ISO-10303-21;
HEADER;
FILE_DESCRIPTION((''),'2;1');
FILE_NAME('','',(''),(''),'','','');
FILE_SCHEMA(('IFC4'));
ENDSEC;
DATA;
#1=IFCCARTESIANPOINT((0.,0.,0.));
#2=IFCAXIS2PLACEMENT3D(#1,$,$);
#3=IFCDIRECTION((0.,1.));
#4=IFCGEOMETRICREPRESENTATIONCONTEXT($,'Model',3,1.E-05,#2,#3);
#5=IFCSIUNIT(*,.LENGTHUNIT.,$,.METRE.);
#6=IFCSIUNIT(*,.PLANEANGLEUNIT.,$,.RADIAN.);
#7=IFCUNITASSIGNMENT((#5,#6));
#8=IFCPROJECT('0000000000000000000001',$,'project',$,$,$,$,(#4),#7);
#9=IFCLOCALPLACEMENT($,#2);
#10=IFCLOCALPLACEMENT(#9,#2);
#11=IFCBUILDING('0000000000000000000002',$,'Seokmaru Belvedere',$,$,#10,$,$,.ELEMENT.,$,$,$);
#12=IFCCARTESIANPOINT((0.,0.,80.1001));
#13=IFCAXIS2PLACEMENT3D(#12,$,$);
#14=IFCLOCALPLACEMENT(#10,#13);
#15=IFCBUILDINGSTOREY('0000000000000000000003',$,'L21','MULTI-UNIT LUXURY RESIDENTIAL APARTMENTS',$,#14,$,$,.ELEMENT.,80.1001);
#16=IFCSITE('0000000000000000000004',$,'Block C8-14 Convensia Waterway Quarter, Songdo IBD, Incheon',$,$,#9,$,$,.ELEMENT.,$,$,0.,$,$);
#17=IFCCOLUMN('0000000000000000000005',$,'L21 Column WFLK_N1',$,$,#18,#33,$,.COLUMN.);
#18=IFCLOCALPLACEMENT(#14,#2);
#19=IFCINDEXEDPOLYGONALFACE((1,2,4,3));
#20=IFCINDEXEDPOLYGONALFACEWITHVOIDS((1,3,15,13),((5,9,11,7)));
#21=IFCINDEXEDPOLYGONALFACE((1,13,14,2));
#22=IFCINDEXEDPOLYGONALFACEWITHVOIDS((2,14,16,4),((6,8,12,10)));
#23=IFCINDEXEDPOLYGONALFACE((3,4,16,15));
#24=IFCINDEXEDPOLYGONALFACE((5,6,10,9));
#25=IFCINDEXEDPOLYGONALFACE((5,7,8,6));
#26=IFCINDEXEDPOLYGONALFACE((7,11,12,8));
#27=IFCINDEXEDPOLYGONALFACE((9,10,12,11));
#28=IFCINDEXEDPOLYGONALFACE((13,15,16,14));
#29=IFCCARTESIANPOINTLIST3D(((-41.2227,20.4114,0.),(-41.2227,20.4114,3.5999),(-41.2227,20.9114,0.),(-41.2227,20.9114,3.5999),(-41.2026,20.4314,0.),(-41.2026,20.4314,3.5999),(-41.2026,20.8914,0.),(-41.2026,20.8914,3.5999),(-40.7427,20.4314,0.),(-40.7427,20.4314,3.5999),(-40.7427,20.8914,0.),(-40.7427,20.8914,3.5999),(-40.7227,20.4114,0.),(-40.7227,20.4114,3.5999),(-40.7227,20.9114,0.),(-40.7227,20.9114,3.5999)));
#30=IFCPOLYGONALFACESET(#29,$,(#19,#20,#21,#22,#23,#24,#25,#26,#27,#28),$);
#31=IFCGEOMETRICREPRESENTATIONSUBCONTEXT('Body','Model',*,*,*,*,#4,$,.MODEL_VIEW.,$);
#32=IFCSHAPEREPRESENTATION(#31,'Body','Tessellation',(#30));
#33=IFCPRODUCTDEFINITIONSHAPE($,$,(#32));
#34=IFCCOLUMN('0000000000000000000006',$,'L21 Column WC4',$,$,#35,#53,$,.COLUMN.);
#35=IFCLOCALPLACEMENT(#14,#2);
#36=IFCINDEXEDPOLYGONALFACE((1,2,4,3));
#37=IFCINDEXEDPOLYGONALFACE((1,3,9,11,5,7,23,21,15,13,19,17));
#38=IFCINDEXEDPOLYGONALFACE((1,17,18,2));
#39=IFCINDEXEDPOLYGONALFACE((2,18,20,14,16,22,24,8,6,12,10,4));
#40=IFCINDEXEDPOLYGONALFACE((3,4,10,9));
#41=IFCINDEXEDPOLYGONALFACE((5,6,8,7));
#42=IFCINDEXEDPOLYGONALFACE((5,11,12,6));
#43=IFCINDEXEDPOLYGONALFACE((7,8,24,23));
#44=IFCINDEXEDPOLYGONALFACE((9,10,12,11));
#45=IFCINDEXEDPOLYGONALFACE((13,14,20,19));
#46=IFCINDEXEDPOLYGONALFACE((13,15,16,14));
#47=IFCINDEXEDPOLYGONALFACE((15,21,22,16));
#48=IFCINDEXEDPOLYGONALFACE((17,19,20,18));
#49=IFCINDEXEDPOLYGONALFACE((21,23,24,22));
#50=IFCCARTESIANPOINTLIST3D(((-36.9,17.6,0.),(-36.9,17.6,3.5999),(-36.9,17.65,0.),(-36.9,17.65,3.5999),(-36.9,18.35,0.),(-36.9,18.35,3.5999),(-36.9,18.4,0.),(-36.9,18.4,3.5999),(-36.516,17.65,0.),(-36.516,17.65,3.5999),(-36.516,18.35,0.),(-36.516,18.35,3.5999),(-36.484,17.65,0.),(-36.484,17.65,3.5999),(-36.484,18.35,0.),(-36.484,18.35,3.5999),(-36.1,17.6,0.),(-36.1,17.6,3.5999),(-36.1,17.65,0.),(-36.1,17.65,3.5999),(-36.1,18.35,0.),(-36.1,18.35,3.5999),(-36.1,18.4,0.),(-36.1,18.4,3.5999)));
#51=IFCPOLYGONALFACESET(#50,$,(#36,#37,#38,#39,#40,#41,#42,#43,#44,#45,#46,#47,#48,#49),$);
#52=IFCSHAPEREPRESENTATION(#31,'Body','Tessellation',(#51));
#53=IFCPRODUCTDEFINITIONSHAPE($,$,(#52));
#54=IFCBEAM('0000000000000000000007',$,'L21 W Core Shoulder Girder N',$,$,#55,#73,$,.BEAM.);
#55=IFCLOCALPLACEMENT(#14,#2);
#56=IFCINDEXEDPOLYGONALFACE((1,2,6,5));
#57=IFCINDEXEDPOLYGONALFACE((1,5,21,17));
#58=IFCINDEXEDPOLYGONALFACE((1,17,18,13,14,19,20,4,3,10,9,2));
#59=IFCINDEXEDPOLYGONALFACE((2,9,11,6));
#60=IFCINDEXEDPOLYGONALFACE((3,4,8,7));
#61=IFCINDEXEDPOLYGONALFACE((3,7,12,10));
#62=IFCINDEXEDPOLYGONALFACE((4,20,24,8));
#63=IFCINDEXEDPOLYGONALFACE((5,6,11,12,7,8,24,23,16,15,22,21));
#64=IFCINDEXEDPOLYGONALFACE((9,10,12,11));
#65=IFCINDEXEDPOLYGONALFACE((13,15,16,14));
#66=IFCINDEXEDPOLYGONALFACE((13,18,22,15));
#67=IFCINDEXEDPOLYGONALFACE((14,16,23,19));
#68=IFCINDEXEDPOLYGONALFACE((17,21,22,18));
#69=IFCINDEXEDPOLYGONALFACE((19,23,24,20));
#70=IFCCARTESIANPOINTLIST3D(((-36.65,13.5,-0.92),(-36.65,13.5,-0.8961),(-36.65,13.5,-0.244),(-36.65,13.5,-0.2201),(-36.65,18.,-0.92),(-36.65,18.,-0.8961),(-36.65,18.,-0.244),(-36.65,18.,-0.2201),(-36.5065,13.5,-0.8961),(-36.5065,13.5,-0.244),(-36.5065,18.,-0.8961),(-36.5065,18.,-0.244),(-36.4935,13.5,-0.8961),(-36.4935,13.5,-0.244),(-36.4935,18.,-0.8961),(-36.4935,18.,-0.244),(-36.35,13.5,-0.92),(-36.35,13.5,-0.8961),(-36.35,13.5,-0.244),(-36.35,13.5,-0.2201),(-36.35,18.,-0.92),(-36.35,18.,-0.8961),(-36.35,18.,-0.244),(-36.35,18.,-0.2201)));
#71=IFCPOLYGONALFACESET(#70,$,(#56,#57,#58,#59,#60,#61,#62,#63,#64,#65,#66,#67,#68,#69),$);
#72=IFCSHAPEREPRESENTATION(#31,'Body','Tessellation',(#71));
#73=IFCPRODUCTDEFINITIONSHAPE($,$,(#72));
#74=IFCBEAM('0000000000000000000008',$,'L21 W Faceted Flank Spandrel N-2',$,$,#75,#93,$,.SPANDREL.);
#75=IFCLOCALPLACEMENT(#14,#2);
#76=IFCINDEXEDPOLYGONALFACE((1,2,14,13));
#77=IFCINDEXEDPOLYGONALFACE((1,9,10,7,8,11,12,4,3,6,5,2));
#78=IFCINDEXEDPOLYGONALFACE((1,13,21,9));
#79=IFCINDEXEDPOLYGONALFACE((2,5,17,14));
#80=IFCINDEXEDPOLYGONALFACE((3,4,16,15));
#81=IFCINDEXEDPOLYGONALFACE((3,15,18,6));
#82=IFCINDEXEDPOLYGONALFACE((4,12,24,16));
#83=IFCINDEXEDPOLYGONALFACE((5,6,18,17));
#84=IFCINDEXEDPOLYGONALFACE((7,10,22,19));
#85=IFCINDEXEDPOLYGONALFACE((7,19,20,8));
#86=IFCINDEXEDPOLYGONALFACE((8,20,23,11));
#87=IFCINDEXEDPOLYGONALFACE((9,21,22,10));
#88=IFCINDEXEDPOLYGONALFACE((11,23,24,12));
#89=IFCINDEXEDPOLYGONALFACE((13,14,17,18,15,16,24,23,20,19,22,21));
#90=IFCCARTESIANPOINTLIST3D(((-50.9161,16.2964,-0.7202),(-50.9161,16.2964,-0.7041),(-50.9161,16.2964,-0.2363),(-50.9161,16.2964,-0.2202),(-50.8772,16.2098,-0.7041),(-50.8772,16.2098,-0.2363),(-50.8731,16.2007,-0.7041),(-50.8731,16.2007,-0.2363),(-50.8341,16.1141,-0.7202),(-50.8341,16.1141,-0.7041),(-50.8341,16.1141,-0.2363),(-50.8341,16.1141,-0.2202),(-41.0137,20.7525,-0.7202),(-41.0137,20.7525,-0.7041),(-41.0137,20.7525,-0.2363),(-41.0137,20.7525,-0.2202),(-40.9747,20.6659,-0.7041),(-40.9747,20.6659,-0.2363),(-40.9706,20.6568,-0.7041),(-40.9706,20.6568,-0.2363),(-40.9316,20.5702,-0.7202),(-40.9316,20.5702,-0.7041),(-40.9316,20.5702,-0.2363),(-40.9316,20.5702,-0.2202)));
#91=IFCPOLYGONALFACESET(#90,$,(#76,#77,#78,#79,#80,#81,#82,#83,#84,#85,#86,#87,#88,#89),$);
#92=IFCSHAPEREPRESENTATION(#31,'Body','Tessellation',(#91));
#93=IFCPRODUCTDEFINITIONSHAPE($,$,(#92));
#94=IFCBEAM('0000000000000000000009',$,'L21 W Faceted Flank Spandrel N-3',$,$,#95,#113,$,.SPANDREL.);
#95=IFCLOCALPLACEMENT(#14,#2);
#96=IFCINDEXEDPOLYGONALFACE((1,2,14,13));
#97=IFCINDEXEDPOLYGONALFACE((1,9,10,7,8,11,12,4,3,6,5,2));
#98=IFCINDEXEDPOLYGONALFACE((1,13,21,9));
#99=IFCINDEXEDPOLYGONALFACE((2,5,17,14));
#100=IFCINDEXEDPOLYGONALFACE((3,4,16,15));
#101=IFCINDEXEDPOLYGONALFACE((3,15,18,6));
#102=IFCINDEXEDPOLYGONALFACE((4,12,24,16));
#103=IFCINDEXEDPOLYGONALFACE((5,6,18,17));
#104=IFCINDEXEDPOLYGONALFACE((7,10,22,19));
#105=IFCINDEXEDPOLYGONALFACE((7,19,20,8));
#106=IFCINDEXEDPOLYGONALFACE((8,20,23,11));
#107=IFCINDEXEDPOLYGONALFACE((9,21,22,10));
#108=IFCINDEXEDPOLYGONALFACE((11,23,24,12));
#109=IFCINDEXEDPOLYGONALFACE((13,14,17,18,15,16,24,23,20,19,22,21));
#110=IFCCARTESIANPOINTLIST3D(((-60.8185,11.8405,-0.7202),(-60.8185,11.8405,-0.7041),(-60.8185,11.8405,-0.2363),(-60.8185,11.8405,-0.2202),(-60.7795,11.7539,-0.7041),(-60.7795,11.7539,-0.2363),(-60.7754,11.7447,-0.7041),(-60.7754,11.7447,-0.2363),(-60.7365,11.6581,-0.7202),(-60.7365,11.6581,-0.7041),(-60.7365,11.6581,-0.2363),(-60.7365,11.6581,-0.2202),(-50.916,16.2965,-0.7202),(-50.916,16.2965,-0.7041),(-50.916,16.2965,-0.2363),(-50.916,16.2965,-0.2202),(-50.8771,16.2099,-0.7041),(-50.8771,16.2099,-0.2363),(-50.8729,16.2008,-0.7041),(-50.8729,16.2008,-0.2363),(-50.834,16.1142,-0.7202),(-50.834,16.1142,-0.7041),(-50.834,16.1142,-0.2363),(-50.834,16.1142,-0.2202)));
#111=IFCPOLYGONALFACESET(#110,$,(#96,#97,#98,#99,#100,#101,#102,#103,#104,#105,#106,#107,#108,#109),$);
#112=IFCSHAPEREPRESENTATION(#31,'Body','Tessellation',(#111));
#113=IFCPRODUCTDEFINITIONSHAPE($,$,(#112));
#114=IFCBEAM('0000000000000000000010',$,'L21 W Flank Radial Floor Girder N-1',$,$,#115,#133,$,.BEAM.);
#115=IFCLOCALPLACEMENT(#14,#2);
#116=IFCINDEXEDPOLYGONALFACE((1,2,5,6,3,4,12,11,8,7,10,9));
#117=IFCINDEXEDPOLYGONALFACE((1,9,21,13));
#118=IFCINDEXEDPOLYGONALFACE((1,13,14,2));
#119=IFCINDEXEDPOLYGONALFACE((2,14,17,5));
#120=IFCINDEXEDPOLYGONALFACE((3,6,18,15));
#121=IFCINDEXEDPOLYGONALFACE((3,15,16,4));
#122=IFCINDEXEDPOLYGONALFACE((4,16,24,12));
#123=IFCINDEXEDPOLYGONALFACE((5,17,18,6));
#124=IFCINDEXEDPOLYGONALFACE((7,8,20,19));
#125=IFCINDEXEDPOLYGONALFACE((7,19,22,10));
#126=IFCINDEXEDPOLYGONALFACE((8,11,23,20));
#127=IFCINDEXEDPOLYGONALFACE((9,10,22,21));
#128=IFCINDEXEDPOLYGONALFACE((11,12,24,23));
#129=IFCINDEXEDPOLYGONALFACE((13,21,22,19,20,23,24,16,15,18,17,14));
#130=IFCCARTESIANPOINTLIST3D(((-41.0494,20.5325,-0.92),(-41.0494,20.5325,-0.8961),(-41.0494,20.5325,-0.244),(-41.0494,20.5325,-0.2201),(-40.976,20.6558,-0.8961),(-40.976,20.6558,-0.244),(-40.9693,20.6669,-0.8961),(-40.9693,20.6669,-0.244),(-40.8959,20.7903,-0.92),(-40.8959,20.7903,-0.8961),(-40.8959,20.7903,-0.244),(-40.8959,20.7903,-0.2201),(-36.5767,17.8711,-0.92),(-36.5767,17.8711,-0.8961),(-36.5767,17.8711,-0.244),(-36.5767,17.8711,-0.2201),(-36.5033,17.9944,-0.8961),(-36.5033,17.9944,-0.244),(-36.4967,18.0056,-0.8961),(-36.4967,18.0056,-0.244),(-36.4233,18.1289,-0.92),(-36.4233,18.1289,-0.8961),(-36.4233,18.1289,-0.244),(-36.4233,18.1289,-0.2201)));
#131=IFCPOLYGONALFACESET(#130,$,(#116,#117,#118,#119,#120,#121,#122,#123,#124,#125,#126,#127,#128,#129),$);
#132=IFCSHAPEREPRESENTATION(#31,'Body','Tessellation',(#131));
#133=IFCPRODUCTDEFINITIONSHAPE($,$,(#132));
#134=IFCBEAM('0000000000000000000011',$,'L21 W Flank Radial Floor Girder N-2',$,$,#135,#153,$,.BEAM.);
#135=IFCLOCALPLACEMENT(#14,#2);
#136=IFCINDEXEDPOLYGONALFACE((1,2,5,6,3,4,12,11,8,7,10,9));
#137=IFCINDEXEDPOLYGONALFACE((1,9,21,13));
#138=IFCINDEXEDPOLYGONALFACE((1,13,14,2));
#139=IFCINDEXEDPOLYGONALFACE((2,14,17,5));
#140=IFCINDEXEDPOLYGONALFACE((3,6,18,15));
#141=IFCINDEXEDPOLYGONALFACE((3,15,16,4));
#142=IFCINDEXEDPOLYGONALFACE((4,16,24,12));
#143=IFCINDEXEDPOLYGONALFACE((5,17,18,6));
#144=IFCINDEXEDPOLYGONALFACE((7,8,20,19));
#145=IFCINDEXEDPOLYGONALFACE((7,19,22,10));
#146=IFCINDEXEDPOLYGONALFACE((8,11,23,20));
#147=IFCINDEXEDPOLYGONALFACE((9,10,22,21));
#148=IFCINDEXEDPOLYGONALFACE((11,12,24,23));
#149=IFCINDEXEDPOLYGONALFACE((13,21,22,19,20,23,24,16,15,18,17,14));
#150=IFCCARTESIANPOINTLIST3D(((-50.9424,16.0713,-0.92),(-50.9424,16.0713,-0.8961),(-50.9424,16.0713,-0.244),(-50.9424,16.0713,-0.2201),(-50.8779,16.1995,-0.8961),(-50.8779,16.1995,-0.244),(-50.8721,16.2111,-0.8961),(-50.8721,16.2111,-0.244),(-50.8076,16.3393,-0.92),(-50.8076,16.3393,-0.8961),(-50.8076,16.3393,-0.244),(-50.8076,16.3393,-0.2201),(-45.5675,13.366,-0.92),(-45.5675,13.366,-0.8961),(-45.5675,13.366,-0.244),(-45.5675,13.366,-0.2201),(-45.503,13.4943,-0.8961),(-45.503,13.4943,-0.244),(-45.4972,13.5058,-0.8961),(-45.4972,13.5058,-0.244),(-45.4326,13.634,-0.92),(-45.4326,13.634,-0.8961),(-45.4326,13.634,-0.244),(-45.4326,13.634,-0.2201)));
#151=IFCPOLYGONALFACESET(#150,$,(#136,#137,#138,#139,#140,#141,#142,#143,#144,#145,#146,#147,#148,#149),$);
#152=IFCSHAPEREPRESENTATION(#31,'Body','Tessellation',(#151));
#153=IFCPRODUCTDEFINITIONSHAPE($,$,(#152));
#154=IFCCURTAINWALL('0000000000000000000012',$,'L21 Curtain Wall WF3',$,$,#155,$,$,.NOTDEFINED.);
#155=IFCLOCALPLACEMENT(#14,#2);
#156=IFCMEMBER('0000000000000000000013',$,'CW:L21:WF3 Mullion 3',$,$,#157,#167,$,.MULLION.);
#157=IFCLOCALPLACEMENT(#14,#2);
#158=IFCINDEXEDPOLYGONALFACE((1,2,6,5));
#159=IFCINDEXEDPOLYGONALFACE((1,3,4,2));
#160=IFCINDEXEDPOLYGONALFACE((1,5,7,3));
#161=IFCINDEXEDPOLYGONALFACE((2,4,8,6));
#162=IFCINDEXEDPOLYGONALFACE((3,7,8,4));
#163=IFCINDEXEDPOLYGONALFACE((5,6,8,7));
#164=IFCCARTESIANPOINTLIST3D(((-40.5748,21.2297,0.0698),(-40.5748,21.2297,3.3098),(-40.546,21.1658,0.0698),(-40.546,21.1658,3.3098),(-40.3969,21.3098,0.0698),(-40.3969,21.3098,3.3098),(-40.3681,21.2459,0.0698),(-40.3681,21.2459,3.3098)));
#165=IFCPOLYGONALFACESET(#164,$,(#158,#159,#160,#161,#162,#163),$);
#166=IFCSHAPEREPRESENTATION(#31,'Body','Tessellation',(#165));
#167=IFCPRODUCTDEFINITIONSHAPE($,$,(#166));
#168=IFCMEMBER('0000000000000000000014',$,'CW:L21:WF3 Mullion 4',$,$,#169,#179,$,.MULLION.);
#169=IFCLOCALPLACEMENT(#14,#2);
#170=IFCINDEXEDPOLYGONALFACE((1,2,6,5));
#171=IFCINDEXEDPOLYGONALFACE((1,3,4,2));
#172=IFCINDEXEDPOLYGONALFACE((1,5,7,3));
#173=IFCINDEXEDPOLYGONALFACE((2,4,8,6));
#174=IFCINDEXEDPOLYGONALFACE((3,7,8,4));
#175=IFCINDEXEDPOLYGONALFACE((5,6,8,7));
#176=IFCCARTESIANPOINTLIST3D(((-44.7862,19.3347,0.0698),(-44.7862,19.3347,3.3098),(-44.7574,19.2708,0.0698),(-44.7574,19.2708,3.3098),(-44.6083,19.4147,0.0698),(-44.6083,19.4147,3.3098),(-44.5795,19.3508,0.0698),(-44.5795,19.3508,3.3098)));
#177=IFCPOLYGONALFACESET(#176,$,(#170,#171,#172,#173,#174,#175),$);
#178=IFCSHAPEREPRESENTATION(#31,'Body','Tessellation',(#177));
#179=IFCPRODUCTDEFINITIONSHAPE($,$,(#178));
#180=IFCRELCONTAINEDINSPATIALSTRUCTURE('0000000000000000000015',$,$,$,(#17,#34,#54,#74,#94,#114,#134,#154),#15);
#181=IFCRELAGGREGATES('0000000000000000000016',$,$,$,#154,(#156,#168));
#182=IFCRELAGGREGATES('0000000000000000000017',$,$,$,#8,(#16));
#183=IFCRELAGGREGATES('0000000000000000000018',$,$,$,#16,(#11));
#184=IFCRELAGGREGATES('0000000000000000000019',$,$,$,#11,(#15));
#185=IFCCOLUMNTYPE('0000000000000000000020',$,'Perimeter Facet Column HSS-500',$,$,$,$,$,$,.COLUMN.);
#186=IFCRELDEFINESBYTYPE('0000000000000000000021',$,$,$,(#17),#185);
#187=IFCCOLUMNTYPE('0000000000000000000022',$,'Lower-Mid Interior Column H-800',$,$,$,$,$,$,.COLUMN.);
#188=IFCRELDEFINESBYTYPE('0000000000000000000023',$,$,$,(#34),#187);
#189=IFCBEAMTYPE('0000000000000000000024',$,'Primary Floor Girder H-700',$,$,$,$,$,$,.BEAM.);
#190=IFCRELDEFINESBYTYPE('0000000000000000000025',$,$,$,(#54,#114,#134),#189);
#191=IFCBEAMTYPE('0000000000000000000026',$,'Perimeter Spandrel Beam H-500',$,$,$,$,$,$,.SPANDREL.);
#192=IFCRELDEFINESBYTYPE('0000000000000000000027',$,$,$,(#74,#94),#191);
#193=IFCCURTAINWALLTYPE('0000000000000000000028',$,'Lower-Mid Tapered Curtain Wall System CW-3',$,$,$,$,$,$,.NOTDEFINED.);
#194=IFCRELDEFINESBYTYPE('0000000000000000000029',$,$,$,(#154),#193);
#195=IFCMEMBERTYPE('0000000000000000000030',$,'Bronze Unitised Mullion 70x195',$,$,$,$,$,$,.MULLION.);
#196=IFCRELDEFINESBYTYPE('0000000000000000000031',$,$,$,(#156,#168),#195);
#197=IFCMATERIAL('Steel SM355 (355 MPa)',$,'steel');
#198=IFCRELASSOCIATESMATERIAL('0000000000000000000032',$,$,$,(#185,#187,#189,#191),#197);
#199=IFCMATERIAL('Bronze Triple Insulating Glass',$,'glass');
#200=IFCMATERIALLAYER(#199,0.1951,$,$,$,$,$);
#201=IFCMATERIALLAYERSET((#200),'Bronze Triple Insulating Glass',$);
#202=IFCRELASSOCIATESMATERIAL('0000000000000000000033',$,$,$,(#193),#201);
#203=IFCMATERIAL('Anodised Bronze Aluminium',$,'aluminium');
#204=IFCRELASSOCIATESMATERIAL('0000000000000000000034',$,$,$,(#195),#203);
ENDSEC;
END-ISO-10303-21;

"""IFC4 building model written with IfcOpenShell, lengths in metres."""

from ifc_helpers import new_model, si_unit, direction, frame, origin, origin_2d, place, context, subcontext, project, spatial, rectangle, hollow_rectangle, i_section, extrude, source, transform, mapped, material, layer, layer_set, material_profile, profile_set, type_object, type_shapes, element, aggregate, save


model = new_model("IFC4")

# Units and contexts
model_context = context("Model", 3, precision=1e-05, world=origin(), true_north=direction((0.0, 1.0)))
body_context = subcontext(model_context, "Body", "Model", "MODEL_VIEW")
ifc_project = project(units=[si_unit("LENGTHUNIT", "METRE"), si_unit("PLANEANGLEUNIT", "RADIAN")], contexts=[model_context])

# Site, building, storey
site_placement = place(None, origin())
site = spatial("IfcSite", under=ifc_project, at=site_placement, Name="Block C8-14 Convensia Waterway Quarter, Songdo IBD, Incheon", CompositionType="ELEMENT", RefElevation=0.0)
building_placement = place(site_placement, origin())
building = spatial("IfcBuilding", under=site, at=building_placement, Name="Seokmaru Belvedere", CompositionType="ELEMENT")
storey_placement = place(building_placement, frame((0.0, 0.0, 80.1001)))
storey = spatial("IfcBuildingStorey", under=building, at=storey_placement, Name="L21", Description="MULTI-UNIT LUXURY RESIDENTIAL APARTMENTS", CompositionType="ELEMENT", Elevation=80.1001)

# Columns
ifc_material_1 = material(Name="Steel SM355 (355 MPa)", Category="steel")
ifc_material_profile_1 = material_profile(ifc_material_1, hollow_rectangle(XDim=0.5, YDim=0.5, WallThickness=0.02, at=origin_2d()), Name="HSS-500x500x20")
ifc_profile_set_1 = profile_set([ifc_material_profile_1], Name="Steel SM355 (355 MPa)")
column_type_1 = type_object("IfcColumnType", Name="Perimeter Facet Column HSS-500", PredefinedType="COLUMN", material=ifc_profile_set_1)
shared_shape_1 = source(origin(), body_context, "Body", "SweptSolid", [
    extrude(hollow_rectangle(XDim=0.5, YDim=0.5, WallThickness=0.02, at=origin_2d()), origin(), (0.0, 0.0, 1.0), 3.5999),
])
type_shapes(column_type_1, [shared_shape_1])
column_1_placement = place(storey_placement, frame((-40.9727, 20.6614, 0.0), z_axis=(0.0, 0.0, 1.0), x_axis=(1.0, 0.0, 0.0)))
element("IfcColumn", 1, at=column_1_placement, inside=storey, type_object=column_type_1, Name="L21 Column WFLK_N1", PredefinedType="COLUMN", context=body_context, shape_type="MappedRepresentation", body=[
    mapped(shared_shape_1, transform((0.0, 0.0, 0.0), scale=1.0)),
])
ifc_material_profile_2 = material_profile(ifc_material_1, i_section(OverallWidth=0.8, OverallDepth=0.8, WebThickness=0.032, FlangeThickness=0.05, at=origin_2d()), Name="H-800x800x32x50")
ifc_profile_set_2 = profile_set([ifc_material_profile_2], Name="Steel SM355 (355 MPa)")
column_type_2 = type_object("IfcColumnType", Name="Lower-Mid Interior Column H-800", PredefinedType="COLUMN", material=ifc_profile_set_2)
shared_shape_2 = source(origin(), body_context, "Body", "SweptSolid", [
    extrude(i_section(OverallWidth=0.8, OverallDepth=0.8, WebThickness=0.032, FlangeThickness=0.05, at=origin_2d()), origin(), (0.0, 0.0, 1.0), 3.5999),
])
type_shapes(column_type_2, [shared_shape_2])
column_2_placement = place(storey_placement, frame((-36.5, 18.0, 0.0), z_axis=(0.0, 0.0, 1.0), x_axis=(1.0, 0.0, 0.0)))
element("IfcColumn", 2, at=column_2_placement, inside=storey, type_object=column_type_2, Name="L21 Column WC4", PredefinedType="COLUMN", context=body_context, shape_type="MappedRepresentation", body=[
    mapped(shared_shape_2, transform((0.0, 0.0, 0.0), scale=1.0)),
])

# Beams
ifc_material_profile_3 = material_profile(ifc_material_1, i_section(OverallWidth=0.3, OverallDepth=0.7, WebThickness=0.0129, FlangeThickness=0.0239, at=origin_2d()), Name="H-700x300x13x24")
ifc_profile_set_3 = profile_set([ifc_material_profile_3], Name="Steel SM355 (355 MPa)")
beam_type_1 = type_object("IfcBeamType", Name="Primary Floor Girder H-700", PredefinedType="BEAM", material=ifc_profile_set_3)
shared_shape_3 = source(origin(), body_context, "Body", "SweptSolid", [
    extrude(i_section(OverallWidth=0.3, OverallDepth=0.7, WebThickness=0.0129, FlangeThickness=0.0239, at=origin_2d()), origin(), (0.0, 0.0, 1.0), 4.5),
])
beam_1_placement = place(storey_placement, frame((-36.5, 13.5, -0.5701), z_axis=(0.0, 1.0, 0.0), x_axis=(-1.0, 0.0, 0.0)))
element("IfcBeam", 3, at=beam_1_placement, inside=storey, type_object=beam_type_1, Name="L21 W Core Shoulder Girder N", PredefinedType="BEAM", context=body_context, shape_type="MappedRepresentation", body=[
    mapped(shared_shape_3, transform((0.0, 0.0, 0.0), scale=1.0)),
])
ifc_material_profile_4 = material_profile(ifc_material_1, i_section(OverallWidth=0.2, OverallDepth=0.5, WebThickness=0.01, FlangeThickness=0.0161, at=origin_2d()), Name="H-500x200x10x16")
ifc_profile_set_4 = profile_set([ifc_material_profile_4], Name="Steel SM355 (355 MPa)")
beam_type_2 = type_object("IfcBeamType", Name="Perimeter Spandrel Beam H-500", PredefinedType="SPANDREL", material=ifc_profile_set_4)
shared_shape_4 = source(origin(), body_context, "Body", "SweptSolid", [
    extrude(i_section(OverallWidth=0.2, OverallDepth=0.5, WebThickness=0.01, FlangeThickness=0.0161, at=origin_2d()), origin(), (0.0, 0.0, 1.0), 10.8589),
])
type_shapes(beam_type_2, [shared_shape_4])
for number, where, z_axis, x_axis, name in (
    (4, (-40.9727, 20.6614, -0.4702), (-0.911922, -0.410365, 0.0), (0.410365, -0.911922, 0.0), "L21 W Faceted Flank Spandrel N-2"),
    (5, (-50.875, 16.2053, -0.4702), (-0.911925, -0.410356, 0.0), (0.410356, -0.911925, 0.0), "L21 W Faceted Flank Spandrel N-3"),
):
    element("IfcBeam", number, at=place(storey_placement, frame(where, z_axis=z_axis, x_axis=x_axis)), inside=storey, type_object=beam_type_2, Name=name, PredefinedType="SPANDREL", context=body_context, shape_type="MappedRepresentation", body=[
        mapped(shared_shape_4, transform((0.0, 0.0, 0.0), scale=1.0)),
    ])
shared_shape_5 = source(origin(), body_context, "Body", "SweptSolid", [
    extrude(i_section(OverallWidth=0.3, OverallDepth=0.7, WebThickness=0.0129, FlangeThickness=0.0239, at=origin_2d()), origin(), (0.0, 0.0, 1.0), 5.2046),
])
beam_2_placement = place(storey_placement, frame((-40.9727, 20.6614, -0.5701), z_axis=(0.85937, -0.511354, 0.0), x_axis=(0.511354, 0.85937, 0.0)))
element("IfcBeam", 6, at=beam_2_placement, inside=storey, type_object=beam_type_1, Name="L21 W Flank Radial Floor Girder N-1", PredefinedType="BEAM", context=body_context, shape_type="MappedRepresentation", body=[
    mapped(shared_shape_5, transform((0.0, 0.0, 0.0), scale=1.0)),
])
shared_shape_6 = source(origin(), body_context, "Body", "SweptSolid", [
    extrude(i_section(OverallWidth=0.3, OverallDepth=0.7, WebThickness=0.0129, FlangeThickness=0.0239, at=origin_2d()), origin(), (0.0, 0.0, 1.0), 6.0173),
])
type_shapes(beam_type_1, [shared_shape_3, shared_shape_5, shared_shape_6])
beam_3_placement = place(storey_placement, frame((-50.875, 16.2053, -0.5701), z_axis=(0.893239, -0.449581, 0.0), x_axis=(0.449581, 0.893239, 0.0)))
element("IfcBeam", 7, at=beam_3_placement, inside=storey, type_object=beam_type_1, Name="L21 W Flank Radial Floor Girder N-2", PredefinedType="BEAM", context=body_context, shape_type="MappedRepresentation", body=[
    mapped(shared_shape_6, transform((0.0, 0.0, 0.0), scale=1.0)),
])

# Curtain wall, members
ifc_material_2 = material(Name="Bronze Triple Insulating Glass", Category="glass")
ifc_layer_1 = layer(ifc_material_2, 0.1951)
ifc_layer_set_1 = layer_set([ifc_layer_1], Name="Bronze Triple Insulating Glass")
curtain_wall_type = type_object("IfcCurtainWallType", Name="Lower-Mid Tapered Curtain Wall System CW-3", PredefinedType="NOTDEFINED", material=ifc_layer_set_1)
curtain_wall_placement = place(storey_placement, origin())
curtain_wall = element("IfcCurtainWall", 8, at=curtain_wall_placement, inside=storey, type_object=curtain_wall_type, Name="L21 Curtain Wall WF3", PredefinedType="NOTDEFINED")
ifc_material_3 = material(Name="Anodised Bronze Aluminium", Category="aluminium")
ifc_material_profile_5 = material_profile(ifc_material_3, rectangle(XDim=0.0701, YDim=0.1951, at=origin_2d()), Name="CW-M-70x195")
ifc_profile_set_5 = profile_set([ifc_material_profile_5], Name="Anodised Bronze Aluminium")
member_type = type_object("IfcMemberType", Name="Bronze Unitised Mullion 70x195", PredefinedType="MULLION", material=ifc_profile_set_5)
shared_shape_7 = source(origin(), body_context, "Body", "SweptSolid", [
    extrude(rectangle(XDim=0.0701, YDim=0.1951, at=origin_2d()), origin(), (0.0, 0.0, 1.0), 3.24),
])
type_shapes(member_type, [shared_shape_7])
member_1_placement = place(storey_placement, frame((-40.4714, 21.2378, 0.0698), z_axis=(0.0, 0.0, 1.0), x_axis=(0.410366, -0.911921, 0.0)))
member_1 = element("IfcMember", 9, at=member_1_placement, type_object=member_type, Name="CW:L21:WF3 Mullion 3", PredefinedType="MULLION", context=body_context, shape_type="MappedRepresentation", body=[
    mapped(shared_shape_7, transform((0.0, 0.0, 0.0), scale=1.0)),
])
member_2_placement = place(storey_placement, frame((-44.6829, 19.3428, 0.0698), z_axis=(0.0, 0.0, 1.0), x_axis=(0.410366, -0.911921, 0.0)))
member_2 = element("IfcMember", 10, at=member_2_placement, type_object=member_type, Name="CW:L21:WF3 Mullion 4", PredefinedType="MULLION", context=body_context, shape_type="MappedRepresentation", body=[
    mapped(shared_shape_7, transform((0.0, 0.0, 0.0), scale=1.0)),
])
aggregate(curtain_wall, [member_1, member_2])

save(model, "model.ifc")
